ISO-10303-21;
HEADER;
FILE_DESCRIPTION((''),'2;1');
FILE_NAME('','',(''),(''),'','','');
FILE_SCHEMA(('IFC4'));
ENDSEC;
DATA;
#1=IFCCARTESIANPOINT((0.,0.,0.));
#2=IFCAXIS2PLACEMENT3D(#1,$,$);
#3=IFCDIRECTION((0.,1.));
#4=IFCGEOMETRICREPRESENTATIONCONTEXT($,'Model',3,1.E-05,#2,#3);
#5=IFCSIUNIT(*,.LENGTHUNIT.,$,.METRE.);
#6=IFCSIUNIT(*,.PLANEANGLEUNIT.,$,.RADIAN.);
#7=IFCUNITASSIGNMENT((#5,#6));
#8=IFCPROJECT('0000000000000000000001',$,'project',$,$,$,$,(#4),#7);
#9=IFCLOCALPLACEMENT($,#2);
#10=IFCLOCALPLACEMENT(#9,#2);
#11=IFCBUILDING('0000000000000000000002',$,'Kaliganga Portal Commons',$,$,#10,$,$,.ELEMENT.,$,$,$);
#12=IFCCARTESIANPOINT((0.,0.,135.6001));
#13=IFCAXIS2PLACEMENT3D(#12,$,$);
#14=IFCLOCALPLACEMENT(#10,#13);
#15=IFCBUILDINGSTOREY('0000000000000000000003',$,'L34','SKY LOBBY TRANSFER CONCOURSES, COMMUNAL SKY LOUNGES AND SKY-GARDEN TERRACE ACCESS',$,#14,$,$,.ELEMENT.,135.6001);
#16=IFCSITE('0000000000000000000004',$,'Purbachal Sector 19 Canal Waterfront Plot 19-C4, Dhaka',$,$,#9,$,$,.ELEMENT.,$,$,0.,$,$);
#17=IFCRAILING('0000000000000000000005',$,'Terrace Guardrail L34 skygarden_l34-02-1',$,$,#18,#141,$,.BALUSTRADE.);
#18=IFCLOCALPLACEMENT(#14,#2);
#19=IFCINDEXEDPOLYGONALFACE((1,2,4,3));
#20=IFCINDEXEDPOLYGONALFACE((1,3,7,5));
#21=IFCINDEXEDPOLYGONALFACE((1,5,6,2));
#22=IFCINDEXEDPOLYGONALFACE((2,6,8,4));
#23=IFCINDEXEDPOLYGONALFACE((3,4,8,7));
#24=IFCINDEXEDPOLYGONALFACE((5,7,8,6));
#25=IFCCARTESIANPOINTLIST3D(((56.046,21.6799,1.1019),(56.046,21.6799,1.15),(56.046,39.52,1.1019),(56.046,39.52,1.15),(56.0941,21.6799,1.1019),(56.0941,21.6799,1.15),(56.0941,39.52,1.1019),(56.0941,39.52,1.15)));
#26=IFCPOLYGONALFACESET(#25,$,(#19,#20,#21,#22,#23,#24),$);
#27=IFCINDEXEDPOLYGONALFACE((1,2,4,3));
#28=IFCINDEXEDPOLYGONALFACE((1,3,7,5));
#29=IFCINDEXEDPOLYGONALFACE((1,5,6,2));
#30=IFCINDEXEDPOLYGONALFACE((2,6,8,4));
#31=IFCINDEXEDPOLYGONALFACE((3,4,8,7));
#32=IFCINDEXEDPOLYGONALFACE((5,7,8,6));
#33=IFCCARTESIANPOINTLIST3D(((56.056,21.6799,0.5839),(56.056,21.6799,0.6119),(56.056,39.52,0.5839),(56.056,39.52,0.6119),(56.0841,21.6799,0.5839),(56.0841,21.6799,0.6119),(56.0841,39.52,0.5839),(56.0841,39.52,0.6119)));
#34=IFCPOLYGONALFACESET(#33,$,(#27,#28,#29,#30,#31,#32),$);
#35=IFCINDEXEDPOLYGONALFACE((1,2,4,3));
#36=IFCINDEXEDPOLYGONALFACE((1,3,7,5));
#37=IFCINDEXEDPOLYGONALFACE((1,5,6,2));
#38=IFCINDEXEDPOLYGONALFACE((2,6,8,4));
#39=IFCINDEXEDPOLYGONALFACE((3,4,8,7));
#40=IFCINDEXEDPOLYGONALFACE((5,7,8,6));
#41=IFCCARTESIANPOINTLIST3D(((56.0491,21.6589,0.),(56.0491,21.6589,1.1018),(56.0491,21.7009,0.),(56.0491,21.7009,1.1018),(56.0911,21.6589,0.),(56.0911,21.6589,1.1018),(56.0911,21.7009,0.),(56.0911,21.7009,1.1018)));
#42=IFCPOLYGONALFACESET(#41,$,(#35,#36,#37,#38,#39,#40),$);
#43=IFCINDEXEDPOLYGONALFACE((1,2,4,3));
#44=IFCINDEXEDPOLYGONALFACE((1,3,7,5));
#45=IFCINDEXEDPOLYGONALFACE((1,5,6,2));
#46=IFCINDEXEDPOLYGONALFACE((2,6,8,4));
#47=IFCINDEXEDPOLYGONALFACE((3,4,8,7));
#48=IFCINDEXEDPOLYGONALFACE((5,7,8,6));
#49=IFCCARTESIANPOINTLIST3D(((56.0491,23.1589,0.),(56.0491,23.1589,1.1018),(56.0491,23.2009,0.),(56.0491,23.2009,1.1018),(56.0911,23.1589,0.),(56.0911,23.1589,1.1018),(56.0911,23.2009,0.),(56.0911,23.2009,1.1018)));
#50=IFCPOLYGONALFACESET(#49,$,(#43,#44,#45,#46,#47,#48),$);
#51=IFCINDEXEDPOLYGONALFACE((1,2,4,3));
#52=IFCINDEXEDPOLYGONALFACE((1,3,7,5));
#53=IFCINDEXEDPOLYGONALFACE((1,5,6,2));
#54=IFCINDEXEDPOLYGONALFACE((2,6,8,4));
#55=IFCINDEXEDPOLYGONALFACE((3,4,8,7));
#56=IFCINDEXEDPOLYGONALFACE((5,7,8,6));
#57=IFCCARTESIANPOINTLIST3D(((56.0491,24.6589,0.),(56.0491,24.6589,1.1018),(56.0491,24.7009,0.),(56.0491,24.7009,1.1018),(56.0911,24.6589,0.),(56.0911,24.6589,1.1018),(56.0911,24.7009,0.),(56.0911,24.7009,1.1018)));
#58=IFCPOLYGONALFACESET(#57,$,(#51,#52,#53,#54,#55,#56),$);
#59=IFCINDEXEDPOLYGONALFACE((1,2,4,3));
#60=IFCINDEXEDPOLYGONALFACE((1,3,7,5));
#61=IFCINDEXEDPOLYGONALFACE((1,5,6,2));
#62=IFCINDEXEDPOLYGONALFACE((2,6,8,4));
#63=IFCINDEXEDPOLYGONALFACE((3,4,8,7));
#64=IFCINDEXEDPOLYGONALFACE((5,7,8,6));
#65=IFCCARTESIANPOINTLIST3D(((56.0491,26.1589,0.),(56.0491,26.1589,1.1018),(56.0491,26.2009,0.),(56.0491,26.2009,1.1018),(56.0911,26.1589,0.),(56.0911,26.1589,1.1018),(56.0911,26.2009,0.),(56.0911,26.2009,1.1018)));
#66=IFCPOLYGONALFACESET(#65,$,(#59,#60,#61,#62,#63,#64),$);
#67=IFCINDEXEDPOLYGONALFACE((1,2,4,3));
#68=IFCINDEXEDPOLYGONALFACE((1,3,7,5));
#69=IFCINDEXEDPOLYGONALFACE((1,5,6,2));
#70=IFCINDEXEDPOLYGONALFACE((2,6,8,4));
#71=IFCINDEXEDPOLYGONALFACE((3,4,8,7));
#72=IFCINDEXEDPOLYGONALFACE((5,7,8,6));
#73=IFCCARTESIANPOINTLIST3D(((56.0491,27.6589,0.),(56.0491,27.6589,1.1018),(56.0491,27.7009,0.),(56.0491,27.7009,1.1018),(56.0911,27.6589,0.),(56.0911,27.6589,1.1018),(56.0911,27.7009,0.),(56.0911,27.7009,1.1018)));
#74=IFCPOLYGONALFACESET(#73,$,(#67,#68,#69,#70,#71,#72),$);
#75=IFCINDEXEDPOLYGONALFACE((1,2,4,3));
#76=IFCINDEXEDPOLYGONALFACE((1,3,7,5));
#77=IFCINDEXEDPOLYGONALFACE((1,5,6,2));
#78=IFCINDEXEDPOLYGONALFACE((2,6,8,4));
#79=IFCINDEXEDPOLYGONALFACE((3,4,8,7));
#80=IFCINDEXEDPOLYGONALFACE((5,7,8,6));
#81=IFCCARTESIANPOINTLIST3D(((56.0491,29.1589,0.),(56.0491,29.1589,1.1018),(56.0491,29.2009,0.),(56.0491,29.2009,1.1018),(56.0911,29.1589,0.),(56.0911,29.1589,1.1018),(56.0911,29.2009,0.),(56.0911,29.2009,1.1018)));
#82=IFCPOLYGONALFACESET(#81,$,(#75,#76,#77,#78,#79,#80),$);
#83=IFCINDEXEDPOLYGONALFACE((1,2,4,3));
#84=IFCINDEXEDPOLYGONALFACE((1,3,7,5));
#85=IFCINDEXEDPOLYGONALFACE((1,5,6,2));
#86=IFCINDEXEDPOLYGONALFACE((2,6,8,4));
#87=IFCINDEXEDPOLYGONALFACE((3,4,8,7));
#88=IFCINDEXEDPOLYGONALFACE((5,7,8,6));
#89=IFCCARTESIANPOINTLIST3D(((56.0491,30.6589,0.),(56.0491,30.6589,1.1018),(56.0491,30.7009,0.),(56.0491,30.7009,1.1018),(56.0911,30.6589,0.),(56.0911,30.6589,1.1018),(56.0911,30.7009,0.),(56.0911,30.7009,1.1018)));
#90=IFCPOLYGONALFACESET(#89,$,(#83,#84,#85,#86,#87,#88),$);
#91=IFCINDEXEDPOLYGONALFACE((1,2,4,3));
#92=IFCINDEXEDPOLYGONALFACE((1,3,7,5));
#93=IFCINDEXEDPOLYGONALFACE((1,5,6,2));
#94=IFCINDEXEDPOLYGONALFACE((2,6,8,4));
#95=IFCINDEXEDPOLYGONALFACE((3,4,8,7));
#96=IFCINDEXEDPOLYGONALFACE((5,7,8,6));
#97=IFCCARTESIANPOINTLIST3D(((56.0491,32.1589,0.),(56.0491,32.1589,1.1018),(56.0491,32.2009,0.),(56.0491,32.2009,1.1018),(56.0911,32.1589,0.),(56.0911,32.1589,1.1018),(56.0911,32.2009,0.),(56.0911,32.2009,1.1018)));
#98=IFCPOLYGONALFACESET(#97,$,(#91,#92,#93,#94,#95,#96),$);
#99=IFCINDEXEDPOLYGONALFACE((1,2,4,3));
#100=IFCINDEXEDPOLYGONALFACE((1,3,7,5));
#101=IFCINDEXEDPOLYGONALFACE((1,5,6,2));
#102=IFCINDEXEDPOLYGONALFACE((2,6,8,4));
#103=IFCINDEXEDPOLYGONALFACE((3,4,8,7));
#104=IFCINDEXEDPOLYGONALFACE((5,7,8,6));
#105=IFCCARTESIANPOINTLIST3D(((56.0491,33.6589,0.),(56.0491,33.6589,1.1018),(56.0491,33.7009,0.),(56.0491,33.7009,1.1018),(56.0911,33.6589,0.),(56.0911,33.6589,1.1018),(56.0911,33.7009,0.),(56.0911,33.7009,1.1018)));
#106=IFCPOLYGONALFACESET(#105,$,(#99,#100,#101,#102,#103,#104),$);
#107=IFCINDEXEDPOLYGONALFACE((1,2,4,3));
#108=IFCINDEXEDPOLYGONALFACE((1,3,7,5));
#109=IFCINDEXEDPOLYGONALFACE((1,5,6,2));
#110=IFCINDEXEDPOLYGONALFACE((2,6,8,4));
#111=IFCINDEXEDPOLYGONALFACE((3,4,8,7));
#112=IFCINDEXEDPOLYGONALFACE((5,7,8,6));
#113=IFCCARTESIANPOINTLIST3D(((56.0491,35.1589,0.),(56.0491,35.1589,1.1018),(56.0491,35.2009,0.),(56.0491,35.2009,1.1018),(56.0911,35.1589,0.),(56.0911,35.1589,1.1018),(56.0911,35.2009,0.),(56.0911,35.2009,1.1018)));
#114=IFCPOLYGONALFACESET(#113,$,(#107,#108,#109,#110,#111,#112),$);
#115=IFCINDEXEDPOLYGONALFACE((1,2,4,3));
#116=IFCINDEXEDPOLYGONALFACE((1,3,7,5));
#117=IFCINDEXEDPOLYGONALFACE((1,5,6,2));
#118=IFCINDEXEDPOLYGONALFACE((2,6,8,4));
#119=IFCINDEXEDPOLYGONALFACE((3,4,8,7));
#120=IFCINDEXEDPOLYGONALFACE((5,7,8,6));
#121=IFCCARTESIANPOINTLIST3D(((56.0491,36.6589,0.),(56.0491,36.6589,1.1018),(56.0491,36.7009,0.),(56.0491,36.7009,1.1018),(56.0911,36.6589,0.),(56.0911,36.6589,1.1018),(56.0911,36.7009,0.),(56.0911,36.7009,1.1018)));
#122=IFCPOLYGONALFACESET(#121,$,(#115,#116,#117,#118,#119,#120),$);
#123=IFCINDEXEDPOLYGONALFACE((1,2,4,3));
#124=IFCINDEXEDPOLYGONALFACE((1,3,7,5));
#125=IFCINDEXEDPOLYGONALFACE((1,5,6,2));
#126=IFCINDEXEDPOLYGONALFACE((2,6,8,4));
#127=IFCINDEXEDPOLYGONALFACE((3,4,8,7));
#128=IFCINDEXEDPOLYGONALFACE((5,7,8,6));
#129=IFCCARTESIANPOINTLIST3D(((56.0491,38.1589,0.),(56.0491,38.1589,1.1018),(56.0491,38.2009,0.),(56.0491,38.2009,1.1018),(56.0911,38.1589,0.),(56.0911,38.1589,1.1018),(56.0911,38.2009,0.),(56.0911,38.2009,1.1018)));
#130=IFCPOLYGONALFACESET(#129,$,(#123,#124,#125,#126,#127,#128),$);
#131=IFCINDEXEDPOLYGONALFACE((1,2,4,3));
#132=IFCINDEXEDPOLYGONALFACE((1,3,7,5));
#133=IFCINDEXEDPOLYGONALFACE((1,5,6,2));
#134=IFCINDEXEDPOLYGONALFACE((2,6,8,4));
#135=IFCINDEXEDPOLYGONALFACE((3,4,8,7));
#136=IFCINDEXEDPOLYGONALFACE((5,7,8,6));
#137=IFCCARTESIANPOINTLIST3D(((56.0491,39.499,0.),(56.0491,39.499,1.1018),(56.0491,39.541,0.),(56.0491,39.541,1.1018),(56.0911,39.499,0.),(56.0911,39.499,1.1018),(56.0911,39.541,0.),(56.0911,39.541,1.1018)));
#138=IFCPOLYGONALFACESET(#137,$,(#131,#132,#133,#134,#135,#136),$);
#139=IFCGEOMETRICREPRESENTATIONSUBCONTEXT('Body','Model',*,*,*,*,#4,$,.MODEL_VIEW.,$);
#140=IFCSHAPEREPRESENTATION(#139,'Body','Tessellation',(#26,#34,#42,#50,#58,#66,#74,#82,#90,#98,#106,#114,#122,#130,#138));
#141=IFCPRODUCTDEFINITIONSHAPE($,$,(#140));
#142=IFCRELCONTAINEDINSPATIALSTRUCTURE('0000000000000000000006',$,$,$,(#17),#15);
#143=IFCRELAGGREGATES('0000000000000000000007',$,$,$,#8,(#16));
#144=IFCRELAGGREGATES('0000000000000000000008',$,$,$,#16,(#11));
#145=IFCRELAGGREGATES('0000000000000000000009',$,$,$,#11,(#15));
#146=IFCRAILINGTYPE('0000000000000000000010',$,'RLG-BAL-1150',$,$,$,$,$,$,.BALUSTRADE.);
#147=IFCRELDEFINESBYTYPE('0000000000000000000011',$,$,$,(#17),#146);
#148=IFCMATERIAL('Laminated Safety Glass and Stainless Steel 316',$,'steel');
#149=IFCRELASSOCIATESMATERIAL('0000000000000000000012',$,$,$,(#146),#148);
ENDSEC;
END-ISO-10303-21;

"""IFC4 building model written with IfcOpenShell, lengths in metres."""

from ifc_helpers import new_model, si_unit, direction, frame, origin, origin_2d, place, context, subcontext, project, spatial, rectangle, extrude, material, type_object, element, save


model = new_model("IFC4")

# Units and contexts
model_context = context("Model", 3, precision=1e-05, world=origin(), true_north=direction((0.0, 1.0)))
body_context = subcontext(model_context, "Body", "Model", "MODEL_VIEW")
ifc_project = project(units=[si_unit("LENGTHUNIT", "METRE"), si_unit("PLANEANGLEUNIT", "RADIAN")], contexts=[model_context])

# Site, building, storey
site_placement = place(None, origin())
site = spatial("IfcSite", under=ifc_project, at=site_placement, Name="Purbachal Sector 19 Canal Waterfront Plot 19-C4, Dhaka", CompositionType="ELEMENT", RefElevation=0.0)
building_placement = place(site_placement, origin())
building = spatial("IfcBuilding", under=site, at=building_placement, Name="Kaliganga Portal Commons", CompositionType="ELEMENT")
storey_placement = place(building_placement, frame((0.0, 0.0, 135.6001)))
storey = spatial("IfcBuildingStorey", under=building, at=storey_placement, Name="L34", Description="SKY LOBBY TRANSFER CONCOURSES, COMMUNAL SKY LOUNGES AND SKY-GARDEN TERRACE ACCESS", CompositionType="ELEMENT", Elevation=135.6001)

# Railing
ifc_material_1 = material(Name="Laminated Safety Glass and Stainless Steel 316", Category="steel")
railing_type = type_object("IfcRailingType", Name="RLG-BAL-1150", PredefinedType="BALUSTRADE", material=ifc_material_1)
railing_1_placement = place(storey_placement, frame((56.0701, 21.6799, 0.0)))
element("IfcRailing", 1, at=railing_1_placement, inside=storey, type_object=railing_type, Name="Terrace Guardrail L34 skygarden_l34-02-1", PredefinedType="BALUSTRADE", context=body_context, shape_type="SweptSolid", body=[
    extrude(rectangle(XDim=0.0481, YDim=0.0481, at=origin_2d()), frame((0.0, 0.0, 1.126), z_axis=(0.0, 1.0, 0.0), x_axis=(-1.0, 0.0, 0.0)), (0.0, 0.0, 1.0), 17.8401),
    extrude(rectangle(XDim=0.0281, YDim=0.0281, at=origin_2d()), frame((0.0, 0.0, 0.5979), z_axis=(0.0, 1.0, 0.0), x_axis=(-1.0, 0.0, 0.0)), (0.0, 0.0, 1.0), 17.8401),
    extrude(rectangle(XDim=0.042, YDim=0.042, at=origin_2d()), origin(), (0.0, 0.0, 1.0), 1.1018),
    extrude(rectangle(XDim=0.042, YDim=0.042, at=origin_2d()), frame((0.0, 1.5, 0.0)), (0.0, 0.0, 1.0), 1.1018),
    extrude(rectangle(XDim=0.042, YDim=0.042, at=origin_2d()), frame((0.0, 3.0, 0.0)), (0.0, 0.0, 1.0), 1.1018),
    extrude(rectangle(XDim=0.042, YDim=0.042, at=origin_2d()), frame((0.0, 4.5, 0.0)), (0.0, 0.0, 1.0), 1.1018),
    extrude(rectangle(XDim=0.042, YDim=0.042, at=origin_2d()), frame((0.0, 6.0, 0.0)), (0.0, 0.0, 1.0), 1.1018),
    extrude(rectangle(XDim=0.042, YDim=0.042, at=origin_2d()), frame((0.0, 7.5, 0.0)), (0.0, 0.0, 1.0), 1.1018),
    extrude(rectangle(XDim=0.042, YDim=0.042, at=origin_2d()), frame((0.0, 9.0, 0.0)), (0.0, 0.0, 1.0), 1.1018),
    extrude(rectangle(XDim=0.042, YDim=0.042, at=origin_2d()), frame((0.0, 10.5, 0.0)), (0.0, 0.0, 1.0), 1.1018),
    extrude(rectangle(XDim=0.042, YDim=0.042, at=origin_2d()), frame((0.0, 12.0, 0.0)), (0.0, 0.0, 1.0), 1.1018),
    extrude(rectangle(XDim=0.042, YDim=0.042, at=origin_2d()), frame((0.0, 13.5, 0.0)), (0.0, 0.0, 1.0), 1.1018),
    extrude(rectangle(XDim=0.042, YDim=0.042, at=origin_2d()), frame((0.0, 15.0, 0.0)), (0.0, 0.0, 1.0), 1.1018),
    extrude(rectangle(XDim=0.042, YDim=0.042, at=origin_2d()), frame((0.0, 16.5, 0.0)), (0.0, 0.0, 1.0), 1.1018),
    extrude(rectangle(XDim=0.042, YDim=0.042, at=origin_2d()), frame((0.0, 17.8401, 0.0)), (0.0, 0.0, 1.0), 1.1018),
])

save(model, "model.ifc")
